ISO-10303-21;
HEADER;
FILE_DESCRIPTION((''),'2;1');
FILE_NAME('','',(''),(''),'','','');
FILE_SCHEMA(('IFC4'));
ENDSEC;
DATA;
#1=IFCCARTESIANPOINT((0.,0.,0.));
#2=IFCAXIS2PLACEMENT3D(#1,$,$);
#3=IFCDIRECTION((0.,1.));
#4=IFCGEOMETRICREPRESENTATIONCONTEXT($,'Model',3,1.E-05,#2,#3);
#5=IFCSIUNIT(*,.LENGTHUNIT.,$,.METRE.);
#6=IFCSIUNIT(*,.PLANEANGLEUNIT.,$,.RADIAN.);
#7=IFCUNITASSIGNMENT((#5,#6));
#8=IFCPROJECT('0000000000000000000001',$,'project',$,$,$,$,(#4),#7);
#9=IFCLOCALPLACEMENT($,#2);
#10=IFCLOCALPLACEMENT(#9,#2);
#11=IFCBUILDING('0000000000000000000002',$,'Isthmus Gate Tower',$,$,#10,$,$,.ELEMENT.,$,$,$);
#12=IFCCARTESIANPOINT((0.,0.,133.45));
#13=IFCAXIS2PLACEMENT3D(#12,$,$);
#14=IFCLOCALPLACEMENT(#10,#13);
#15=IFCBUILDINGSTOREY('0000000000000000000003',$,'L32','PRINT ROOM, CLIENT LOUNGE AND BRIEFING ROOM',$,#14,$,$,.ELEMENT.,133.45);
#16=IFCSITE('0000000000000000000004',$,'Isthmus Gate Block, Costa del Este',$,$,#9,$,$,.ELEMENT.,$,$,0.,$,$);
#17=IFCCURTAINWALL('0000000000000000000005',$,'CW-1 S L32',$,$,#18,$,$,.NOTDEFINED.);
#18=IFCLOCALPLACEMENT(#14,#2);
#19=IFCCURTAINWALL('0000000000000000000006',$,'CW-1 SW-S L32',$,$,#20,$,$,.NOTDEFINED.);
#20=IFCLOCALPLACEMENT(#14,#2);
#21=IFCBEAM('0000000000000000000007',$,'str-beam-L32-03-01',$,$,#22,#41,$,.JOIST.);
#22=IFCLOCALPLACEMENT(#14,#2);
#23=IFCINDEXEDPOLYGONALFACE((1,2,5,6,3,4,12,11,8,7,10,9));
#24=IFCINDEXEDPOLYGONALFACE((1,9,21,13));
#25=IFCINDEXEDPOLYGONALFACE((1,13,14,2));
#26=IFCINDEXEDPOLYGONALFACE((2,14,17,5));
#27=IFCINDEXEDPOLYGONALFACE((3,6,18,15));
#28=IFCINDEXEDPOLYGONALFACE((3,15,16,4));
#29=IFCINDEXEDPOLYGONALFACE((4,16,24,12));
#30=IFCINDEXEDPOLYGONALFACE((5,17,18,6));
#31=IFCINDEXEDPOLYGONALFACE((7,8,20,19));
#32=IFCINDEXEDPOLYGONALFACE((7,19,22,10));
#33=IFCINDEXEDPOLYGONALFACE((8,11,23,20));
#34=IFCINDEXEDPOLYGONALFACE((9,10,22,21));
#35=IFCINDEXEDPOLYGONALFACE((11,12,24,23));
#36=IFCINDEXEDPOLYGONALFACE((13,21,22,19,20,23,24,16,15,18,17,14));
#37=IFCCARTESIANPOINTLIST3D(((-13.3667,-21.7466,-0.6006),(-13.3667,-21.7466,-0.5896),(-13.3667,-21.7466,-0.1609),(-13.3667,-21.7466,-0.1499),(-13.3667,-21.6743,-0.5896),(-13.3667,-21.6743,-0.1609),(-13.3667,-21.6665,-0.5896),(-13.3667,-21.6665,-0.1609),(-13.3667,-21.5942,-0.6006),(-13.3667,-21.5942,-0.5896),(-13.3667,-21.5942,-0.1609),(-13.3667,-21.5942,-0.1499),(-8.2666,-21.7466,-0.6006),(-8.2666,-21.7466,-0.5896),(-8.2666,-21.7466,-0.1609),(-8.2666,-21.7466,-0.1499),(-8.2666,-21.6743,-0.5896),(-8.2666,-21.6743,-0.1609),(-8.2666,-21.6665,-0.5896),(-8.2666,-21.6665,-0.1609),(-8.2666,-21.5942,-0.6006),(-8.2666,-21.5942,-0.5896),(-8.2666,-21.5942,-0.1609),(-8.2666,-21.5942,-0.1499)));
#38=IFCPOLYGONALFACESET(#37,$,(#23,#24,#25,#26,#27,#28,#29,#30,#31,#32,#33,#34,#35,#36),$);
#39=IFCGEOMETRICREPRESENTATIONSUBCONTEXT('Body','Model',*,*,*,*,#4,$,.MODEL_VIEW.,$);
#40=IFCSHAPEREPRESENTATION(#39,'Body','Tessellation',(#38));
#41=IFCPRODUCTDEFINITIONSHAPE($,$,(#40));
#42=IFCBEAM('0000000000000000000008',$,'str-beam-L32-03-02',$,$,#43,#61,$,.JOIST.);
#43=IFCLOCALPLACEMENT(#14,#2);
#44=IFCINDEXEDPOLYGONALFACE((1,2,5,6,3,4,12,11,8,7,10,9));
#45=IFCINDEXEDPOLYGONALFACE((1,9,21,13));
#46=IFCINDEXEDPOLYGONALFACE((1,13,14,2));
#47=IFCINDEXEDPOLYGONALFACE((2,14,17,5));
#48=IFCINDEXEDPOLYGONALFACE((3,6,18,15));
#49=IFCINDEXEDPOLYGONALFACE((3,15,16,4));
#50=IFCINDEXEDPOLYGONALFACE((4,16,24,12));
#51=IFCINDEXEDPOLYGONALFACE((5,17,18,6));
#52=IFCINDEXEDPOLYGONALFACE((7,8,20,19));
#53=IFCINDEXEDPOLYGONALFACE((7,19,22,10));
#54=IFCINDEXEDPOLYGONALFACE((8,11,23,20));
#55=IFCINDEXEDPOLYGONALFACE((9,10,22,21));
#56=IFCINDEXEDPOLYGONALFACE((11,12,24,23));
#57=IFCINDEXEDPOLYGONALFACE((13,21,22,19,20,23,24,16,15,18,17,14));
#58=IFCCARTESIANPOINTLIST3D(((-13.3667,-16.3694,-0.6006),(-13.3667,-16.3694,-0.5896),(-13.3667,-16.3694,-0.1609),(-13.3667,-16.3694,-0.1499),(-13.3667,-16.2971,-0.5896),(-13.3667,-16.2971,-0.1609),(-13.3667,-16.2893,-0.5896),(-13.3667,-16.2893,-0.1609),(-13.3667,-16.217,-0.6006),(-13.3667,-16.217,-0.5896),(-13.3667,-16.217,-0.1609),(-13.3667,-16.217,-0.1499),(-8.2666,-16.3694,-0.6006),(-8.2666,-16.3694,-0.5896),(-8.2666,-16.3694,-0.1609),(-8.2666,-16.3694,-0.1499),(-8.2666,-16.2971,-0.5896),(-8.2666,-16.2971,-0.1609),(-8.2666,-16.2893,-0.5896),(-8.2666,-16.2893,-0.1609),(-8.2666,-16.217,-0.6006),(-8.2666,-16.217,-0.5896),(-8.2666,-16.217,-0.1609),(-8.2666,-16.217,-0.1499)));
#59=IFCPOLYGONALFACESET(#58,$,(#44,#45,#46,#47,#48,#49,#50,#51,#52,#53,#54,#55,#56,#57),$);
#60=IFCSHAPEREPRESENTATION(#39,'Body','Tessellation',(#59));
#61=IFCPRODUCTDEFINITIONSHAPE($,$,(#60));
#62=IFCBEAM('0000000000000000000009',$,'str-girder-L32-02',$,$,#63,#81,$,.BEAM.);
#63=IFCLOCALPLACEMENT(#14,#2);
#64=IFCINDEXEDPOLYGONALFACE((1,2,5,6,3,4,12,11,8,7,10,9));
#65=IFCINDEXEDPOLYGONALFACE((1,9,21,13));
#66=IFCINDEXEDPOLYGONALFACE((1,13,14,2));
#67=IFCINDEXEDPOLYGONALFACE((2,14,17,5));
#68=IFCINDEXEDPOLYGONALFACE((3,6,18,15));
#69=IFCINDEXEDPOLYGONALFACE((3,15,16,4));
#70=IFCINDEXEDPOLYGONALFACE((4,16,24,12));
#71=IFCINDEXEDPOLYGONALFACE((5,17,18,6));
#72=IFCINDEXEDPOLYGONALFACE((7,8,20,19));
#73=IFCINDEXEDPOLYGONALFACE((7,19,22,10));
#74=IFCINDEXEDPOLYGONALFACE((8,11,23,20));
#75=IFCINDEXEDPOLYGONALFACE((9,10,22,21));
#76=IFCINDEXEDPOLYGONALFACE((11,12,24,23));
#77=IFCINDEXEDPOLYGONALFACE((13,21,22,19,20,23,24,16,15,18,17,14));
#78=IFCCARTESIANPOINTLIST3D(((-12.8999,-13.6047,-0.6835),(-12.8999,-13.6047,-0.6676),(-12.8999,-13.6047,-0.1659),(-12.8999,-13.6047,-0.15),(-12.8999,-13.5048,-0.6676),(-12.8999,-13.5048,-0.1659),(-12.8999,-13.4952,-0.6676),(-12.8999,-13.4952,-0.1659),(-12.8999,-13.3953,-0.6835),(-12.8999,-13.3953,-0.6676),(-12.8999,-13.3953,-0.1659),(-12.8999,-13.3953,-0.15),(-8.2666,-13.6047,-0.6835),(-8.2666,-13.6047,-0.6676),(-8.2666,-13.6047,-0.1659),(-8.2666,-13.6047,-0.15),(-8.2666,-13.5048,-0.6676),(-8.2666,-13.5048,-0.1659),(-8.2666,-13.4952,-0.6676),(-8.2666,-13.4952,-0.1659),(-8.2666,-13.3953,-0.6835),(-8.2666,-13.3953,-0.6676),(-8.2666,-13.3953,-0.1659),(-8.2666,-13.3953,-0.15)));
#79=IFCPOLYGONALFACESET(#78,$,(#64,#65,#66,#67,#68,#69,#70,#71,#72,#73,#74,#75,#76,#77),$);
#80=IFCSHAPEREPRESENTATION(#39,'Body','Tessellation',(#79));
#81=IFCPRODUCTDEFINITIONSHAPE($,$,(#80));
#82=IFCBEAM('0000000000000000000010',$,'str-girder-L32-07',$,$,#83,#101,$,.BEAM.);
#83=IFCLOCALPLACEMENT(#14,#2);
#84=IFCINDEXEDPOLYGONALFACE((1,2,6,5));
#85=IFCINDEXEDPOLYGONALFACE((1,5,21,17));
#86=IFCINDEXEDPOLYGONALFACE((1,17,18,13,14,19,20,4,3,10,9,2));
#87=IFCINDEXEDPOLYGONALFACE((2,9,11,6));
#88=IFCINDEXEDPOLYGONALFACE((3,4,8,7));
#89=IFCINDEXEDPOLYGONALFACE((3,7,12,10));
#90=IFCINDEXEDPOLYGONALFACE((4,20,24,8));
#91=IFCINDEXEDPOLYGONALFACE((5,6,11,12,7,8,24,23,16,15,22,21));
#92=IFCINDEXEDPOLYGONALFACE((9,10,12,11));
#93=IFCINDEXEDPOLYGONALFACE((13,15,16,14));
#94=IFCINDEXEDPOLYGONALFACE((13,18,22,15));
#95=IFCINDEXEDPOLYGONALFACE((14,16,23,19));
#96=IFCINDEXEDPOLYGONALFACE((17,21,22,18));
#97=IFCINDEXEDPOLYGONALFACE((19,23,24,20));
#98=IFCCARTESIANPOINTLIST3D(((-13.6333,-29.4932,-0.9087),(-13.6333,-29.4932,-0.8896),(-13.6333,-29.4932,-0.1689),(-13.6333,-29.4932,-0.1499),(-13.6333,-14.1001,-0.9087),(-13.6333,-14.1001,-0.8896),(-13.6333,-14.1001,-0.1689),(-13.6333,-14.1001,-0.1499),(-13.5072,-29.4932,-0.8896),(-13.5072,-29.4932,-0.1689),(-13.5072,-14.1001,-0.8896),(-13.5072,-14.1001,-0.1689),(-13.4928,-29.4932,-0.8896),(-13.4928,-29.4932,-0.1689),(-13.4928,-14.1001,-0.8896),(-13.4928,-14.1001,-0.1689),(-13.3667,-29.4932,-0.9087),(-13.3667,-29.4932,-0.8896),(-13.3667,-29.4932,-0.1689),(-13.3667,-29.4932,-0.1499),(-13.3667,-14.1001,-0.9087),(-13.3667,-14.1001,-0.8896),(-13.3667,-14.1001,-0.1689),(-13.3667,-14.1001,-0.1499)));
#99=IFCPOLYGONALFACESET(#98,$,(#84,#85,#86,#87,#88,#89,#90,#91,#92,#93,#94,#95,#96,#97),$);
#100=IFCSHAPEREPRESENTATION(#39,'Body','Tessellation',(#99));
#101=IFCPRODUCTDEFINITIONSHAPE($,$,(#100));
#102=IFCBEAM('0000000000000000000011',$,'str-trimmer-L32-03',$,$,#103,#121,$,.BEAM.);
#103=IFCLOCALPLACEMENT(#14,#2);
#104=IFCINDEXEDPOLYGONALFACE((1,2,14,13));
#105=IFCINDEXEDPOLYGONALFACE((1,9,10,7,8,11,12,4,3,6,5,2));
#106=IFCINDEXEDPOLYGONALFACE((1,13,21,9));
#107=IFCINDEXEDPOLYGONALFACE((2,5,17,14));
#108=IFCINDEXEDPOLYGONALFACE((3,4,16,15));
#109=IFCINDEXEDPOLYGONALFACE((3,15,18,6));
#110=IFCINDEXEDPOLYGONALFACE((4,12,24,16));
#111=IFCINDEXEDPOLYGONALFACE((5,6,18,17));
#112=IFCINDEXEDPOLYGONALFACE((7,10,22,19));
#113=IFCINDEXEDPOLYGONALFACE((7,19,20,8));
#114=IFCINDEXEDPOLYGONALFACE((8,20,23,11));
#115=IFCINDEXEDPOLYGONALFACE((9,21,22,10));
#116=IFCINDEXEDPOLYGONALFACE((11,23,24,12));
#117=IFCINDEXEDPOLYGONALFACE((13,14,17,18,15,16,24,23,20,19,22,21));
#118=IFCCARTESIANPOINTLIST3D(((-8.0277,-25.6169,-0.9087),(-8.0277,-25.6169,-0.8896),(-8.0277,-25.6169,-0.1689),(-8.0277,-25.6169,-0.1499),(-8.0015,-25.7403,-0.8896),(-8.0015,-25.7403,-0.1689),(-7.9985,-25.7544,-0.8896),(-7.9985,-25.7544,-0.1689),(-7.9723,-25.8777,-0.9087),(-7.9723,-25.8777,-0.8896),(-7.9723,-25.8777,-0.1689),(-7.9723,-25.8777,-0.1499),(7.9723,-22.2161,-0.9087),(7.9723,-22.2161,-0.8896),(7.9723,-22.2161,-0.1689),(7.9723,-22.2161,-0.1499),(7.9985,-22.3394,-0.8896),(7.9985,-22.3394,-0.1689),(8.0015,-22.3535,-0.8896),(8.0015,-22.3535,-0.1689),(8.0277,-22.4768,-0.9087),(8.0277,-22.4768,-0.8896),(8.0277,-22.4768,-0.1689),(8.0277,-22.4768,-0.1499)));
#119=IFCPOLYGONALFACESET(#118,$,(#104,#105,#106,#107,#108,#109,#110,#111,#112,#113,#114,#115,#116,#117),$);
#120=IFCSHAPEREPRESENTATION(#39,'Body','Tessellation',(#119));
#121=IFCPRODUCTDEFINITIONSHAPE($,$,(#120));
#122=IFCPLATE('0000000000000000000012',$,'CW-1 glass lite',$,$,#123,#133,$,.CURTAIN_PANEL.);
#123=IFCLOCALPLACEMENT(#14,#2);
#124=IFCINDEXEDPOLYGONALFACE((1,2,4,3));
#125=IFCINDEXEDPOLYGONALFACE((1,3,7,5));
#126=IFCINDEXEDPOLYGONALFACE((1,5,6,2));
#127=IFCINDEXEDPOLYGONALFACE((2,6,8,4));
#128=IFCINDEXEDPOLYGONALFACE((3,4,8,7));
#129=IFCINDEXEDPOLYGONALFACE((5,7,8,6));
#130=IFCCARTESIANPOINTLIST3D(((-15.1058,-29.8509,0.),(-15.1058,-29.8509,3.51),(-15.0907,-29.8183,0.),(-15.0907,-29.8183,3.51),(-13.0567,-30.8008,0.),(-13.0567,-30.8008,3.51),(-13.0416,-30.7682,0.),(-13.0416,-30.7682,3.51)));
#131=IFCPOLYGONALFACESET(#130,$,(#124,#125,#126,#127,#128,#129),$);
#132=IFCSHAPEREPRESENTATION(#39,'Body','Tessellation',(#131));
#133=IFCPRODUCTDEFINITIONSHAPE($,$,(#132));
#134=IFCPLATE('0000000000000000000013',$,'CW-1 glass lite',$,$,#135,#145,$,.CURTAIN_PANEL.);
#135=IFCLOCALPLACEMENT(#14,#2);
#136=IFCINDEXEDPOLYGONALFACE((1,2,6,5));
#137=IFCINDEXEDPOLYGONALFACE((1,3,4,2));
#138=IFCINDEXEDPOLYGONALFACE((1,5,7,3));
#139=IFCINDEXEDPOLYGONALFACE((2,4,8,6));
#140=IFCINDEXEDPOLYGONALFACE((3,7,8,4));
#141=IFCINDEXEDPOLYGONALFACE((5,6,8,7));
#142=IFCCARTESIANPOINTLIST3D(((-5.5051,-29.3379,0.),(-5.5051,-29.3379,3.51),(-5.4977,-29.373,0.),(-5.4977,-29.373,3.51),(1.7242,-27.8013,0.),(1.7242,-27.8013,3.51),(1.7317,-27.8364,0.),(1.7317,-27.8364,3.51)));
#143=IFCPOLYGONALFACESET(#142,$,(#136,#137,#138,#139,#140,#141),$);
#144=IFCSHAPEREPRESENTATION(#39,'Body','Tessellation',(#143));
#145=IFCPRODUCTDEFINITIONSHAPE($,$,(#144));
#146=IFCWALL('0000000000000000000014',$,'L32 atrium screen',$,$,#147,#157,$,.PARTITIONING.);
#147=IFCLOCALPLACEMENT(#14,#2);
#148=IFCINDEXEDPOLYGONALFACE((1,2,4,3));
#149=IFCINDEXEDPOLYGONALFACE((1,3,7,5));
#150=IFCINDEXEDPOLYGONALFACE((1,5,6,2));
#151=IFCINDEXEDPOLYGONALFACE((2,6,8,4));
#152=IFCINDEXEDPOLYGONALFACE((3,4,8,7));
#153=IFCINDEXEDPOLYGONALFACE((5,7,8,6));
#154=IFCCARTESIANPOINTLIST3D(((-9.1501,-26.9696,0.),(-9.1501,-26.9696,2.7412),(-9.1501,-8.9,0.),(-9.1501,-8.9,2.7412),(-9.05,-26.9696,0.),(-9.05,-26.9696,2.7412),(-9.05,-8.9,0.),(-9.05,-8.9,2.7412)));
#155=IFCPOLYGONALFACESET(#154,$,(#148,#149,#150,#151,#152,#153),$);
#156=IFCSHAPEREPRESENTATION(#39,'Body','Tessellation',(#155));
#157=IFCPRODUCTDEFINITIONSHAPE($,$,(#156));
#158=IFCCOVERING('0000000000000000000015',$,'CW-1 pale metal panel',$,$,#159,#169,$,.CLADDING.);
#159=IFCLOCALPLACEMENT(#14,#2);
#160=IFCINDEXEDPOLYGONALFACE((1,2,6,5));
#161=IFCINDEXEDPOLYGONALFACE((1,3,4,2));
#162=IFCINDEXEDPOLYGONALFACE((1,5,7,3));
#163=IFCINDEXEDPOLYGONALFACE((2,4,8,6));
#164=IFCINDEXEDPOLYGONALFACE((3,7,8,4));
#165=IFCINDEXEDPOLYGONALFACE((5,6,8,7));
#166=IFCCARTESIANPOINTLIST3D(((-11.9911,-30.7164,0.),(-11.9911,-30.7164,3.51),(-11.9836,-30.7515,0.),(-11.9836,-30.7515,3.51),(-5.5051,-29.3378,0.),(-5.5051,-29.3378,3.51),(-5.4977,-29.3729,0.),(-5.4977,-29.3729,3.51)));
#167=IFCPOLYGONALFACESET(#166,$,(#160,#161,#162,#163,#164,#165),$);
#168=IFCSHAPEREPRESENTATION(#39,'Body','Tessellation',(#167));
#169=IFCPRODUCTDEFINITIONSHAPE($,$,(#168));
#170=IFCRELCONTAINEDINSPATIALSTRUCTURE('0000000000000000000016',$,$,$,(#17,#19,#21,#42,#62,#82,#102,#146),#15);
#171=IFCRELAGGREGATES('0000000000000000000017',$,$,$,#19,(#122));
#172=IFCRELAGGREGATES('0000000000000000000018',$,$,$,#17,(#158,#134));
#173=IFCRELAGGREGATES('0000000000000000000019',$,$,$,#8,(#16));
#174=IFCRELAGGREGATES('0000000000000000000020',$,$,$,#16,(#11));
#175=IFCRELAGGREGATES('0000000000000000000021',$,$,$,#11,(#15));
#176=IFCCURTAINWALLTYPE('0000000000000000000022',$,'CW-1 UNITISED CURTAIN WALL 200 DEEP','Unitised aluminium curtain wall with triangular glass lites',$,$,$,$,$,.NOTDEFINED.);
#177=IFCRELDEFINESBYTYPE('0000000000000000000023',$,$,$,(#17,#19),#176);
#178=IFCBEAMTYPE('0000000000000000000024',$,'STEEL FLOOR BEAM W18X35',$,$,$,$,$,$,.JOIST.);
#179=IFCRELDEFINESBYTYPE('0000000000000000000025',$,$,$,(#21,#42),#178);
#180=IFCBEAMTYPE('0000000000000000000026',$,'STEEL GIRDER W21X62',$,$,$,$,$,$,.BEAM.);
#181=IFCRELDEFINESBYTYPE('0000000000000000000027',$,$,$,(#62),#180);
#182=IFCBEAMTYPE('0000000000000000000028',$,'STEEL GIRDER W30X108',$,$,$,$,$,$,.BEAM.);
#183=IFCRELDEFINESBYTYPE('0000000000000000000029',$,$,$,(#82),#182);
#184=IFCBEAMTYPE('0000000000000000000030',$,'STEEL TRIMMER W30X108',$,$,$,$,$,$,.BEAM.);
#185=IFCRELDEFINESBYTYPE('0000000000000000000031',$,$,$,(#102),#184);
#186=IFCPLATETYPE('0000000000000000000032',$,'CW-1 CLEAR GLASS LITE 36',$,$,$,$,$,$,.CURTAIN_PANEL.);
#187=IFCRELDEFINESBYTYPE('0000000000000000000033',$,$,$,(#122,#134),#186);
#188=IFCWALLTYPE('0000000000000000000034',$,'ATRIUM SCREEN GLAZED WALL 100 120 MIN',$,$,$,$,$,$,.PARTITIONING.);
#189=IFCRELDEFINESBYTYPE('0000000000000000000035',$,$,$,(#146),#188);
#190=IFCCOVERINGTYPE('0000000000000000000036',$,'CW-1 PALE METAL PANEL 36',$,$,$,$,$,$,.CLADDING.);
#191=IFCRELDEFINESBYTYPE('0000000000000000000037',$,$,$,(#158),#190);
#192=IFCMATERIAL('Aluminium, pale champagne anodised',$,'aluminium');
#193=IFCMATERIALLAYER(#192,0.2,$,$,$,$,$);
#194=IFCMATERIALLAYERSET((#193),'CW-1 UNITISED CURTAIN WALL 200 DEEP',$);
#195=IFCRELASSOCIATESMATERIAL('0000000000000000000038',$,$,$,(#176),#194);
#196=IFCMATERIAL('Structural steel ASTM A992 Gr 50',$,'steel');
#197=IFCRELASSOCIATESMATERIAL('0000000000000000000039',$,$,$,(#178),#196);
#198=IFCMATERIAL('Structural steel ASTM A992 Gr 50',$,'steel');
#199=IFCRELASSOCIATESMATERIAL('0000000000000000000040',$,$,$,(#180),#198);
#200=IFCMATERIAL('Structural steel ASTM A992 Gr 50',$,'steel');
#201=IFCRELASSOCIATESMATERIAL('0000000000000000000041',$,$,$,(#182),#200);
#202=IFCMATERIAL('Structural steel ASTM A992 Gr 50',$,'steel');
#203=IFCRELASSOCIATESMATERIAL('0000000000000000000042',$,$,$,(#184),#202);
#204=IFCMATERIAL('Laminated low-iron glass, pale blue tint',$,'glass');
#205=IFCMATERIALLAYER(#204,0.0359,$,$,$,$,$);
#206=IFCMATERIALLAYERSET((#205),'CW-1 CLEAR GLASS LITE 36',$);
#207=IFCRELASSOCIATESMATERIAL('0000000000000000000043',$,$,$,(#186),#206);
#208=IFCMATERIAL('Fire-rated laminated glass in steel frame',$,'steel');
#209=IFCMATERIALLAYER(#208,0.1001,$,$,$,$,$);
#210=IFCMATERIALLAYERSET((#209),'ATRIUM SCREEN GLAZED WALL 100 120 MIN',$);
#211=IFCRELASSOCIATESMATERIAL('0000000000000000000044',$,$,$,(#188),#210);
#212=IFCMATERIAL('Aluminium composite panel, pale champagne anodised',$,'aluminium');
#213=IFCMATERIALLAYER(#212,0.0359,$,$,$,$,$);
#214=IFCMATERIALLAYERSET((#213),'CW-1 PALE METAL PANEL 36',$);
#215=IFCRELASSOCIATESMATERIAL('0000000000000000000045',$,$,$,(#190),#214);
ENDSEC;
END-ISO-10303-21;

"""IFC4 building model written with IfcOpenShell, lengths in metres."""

from ifc_helpers import new_model, si_unit, direction, frame, frame_2d, origin, origin_2d, place, context, subcontext, project, spatial, rectangle, i_section, extrude, material, layer, layer_set, material_profile, profile_set, type_object, element, aggregate, save


model = new_model("IFC4")

# Units and contexts
model_context = context("Model", 3, precision=1e-05, world=origin(), true_north=direction((0.0, 1.0)))
body_context = subcontext(model_context, "Body", "Model", "MODEL_VIEW")
ifc_project = project(units=[si_unit("LENGTHUNIT", "METRE"), si_unit("PLANEANGLEUNIT", "RADIAN")], contexts=[model_context])

# Site, building, storey
site_placement = place(None, origin())
site = spatial("IfcSite", under=ifc_project, at=site_placement, Name="Isthmus Gate Block, Costa del Este", CompositionType="ELEMENT", RefElevation=0.0)
building_placement = place(site_placement, origin())
building = spatial("IfcBuilding", under=site, at=building_placement, Name="Isthmus Gate Tower", CompositionType="ELEMENT")
storey_placement = place(building_placement, frame((0.0, 0.0, 133.45)))
storey = spatial("IfcBuildingStorey", under=building, at=storey_placement, Name="L32", Description="PRINT ROOM, CLIENT LOUNGE AND BRIEFING ROOM", CompositionType="ELEMENT", Elevation=133.45)

# Curtain walls
ifc_material_1 = material(Name="Aluminium, pale champagne anodised", Category="aluminium")
ifc_layer_1 = layer(ifc_material_1, 0.2)
ifc_layer_set_1 = layer_set([ifc_layer_1], Name="CW-1 UNITISED CURTAIN WALL 200 DEEP")
curtain_wall_type = type_object("IfcCurtainWallType", Name="CW-1 UNITISED CURTAIN WALL 200 DEEP", Description="Unitised aluminium curtain wall with triangular glass lites", PredefinedType="NOTDEFINED", material=ifc_layer_set_1)
curtain_wall_1_placement = place(storey_placement, origin())
curtain_wall_1 = element("IfcCurtainWall", 1, at=curtain_wall_1_placement, inside=storey, type_object=curtain_wall_type, Name="CW-1 S L32", PredefinedType="NOTDEFINED")
curtain_wall_2_placement = place(storey_placement, origin())
curtain_wall_2 = element("IfcCurtainWall", 2, at=curtain_wall_2_placement, inside=storey, type_object=curtain_wall_type, Name="CW-1 SW-S L32", PredefinedType="NOTDEFINED")

# Beams
ifc_material_2 = material(Name="Structural steel ASTM A992 Gr 50", Category="steel")
ifc_material_profile_1 = material_profile(ifc_material_2, i_section(OverallWidth=0.1523, OverallDepth=0.4507, WebThickness=0.0078, FlangeThickness=0.011, at=origin_2d()), Name="W18X35")
ifc_profile_set_1 = profile_set([ifc_material_profile_1], Name="Structural steel ASTM A992 Gr 50")
beam_type_1 = type_object("IfcBeamType", Name="STEEL FLOOR BEAM W18X35", PredefinedType="JOIST", material=ifc_profile_set_1)
for number, where, z_axis, x_axis, name in (
    (3, (-13.3667, -21.6704, -0.3752), (1.0, 0.0, 0.0), (0.0, 1.0, 0.0), "str-beam-L32-03-01"),
    (4, (-13.3667, -16.2932, -0.3752), (1.0, 0.0, 0.0), (0.0, 1.0, 0.0), "str-beam-L32-03-02"),
):
    element("IfcBeam", number, at=place(storey_placement, frame(where, z_axis=z_axis, x_axis=x_axis)), inside=storey, type_object=beam_type_1, Name=name, PredefinedType="JOIST", context=body_context, shape_type="SweptSolid", body=[
        extrude(i_section(OverallWidth=0.1523, OverallDepth=0.4507, WebThickness=0.0078, FlangeThickness=0.011, at=origin_2d()), origin(), (0.0, 0.0, 1.0), 5.1001),
    ])
ifc_material_3 = material(Name="Structural steel ASTM A992 Gr 50", Category="steel")
ifc_material_profile_2 = material_profile(ifc_material_3, i_section(OverallWidth=0.2095, OverallDepth=0.5334, WebThickness=0.0095, FlangeThickness=0.0159, at=origin_2d()), Name="W21X62")
ifc_profile_set_2 = profile_set([ifc_material_profile_2], Name="Structural steel ASTM A992 Gr 50")
beam_type_2 = type_object("IfcBeamType", Name="STEEL GIRDER W21X62", PredefinedType="BEAM", material=ifc_profile_set_2)
beam_1_placement = place(storey_placement, frame((-12.8999, -13.5, -0.4167), z_axis=(1.0, 0.0, 0.0), x_axis=(0.0, 1.0, 0.0)))
element("IfcBeam", 5, at=beam_1_placement, inside=storey, type_object=beam_type_2, Name="str-girder-L32-02", PredefinedType="BEAM", context=body_context, shape_type="SweptSolid", body=[
    extrude(i_section(OverallWidth=0.2095, OverallDepth=0.5334, WebThickness=0.0095, FlangeThickness=0.0159, at=origin_2d()), origin(), (0.0, 0.0, 1.0), 4.6333),
])
ifc_material_4 = material(Name="Structural steel ASTM A992 Gr 50", Category="steel")
ifc_material_profile_3 = material_profile(ifc_material_4, i_section(OverallWidth=0.2666, OverallDepth=0.7588, WebThickness=0.0144, FlangeThickness=0.019, at=origin_2d()), Name="W30X108")
ifc_profile_set_3 = profile_set([ifc_material_profile_3], Name="Structural steel ASTM A992 Gr 50")
beam_type_3 = type_object("IfcBeamType", Name="STEEL GIRDER W30X108", PredefinedType="BEAM", material=ifc_profile_set_3)
beam_2_placement = place(storey_placement, frame((-13.5, -29.4932, -0.5293), z_axis=(0.0, 1.0, 0.0), x_axis=(-1.0, 0.0, 0.0)))
element("IfcBeam", 6, at=beam_2_placement, inside=storey, type_object=beam_type_3, Name="str-girder-L32-07", PredefinedType="BEAM", context=body_context, shape_type="SweptSolid", body=[
    extrude(i_section(OverallWidth=0.2666, OverallDepth=0.7588, WebThickness=0.0144, FlangeThickness=0.019, at=origin_2d()), origin(), (0.0, 0.0, 1.0), 15.3931),
])
ifc_material_5 = material(Name="Structural steel ASTM A992 Gr 50", Category="steel")
ifc_material_profile_4 = material_profile(ifc_material_5, i_section(OverallWidth=0.2666, OverallDepth=0.7588, WebThickness=0.0144, FlangeThickness=0.019, at=origin_2d()), Name="W30X108")
ifc_profile_set_4 = profile_set([ifc_material_profile_4], Name="Structural steel ASTM A992 Gr 50")
beam_type_4 = type_object("IfcBeamType", Name="STEEL TRIMMER W30X108", PredefinedType="BEAM", material=ifc_profile_set_4)
beam_3_placement = place(storey_placement, frame((-8.0, -25.7473, -0.5293), z_axis=(0.978148, 0.20791, 0.0), x_axis=(-0.20791, 0.978148, 0.0)))
element("IfcBeam", 7, at=beam_3_placement, inside=storey, type_object=beam_type_4, Name="str-trimmer-L32-03", PredefinedType="BEAM", context=body_context, shape_type="SweptSolid", body=[
    extrude(i_section(OverallWidth=0.2666, OverallDepth=0.7588, WebThickness=0.0144, FlangeThickness=0.019, at=origin_2d()), origin(), (0.0, 0.0, 1.0), 16.3574),
])

# Plates
ifc_material_6 = material(Name="Laminated low-iron glass, pale blue tint", Category="glass")
ifc_layer_2 = layer(ifc_material_6, 0.0359)
ifc_layer_set_2 = layer_set([ifc_layer_2], Name="CW-1 CLEAR GLASS LITE 36")
plate_type = type_object("IfcPlateType", Name="CW-1 CLEAR GLASS LITE 36", PredefinedType="CURTAIN_PANEL", material=ifc_layer_set_2)
plate_1_placement = place(storey_placement, frame((-14.0737, -30.3096, 0.0), z_axis=(0.0, 0.0, 1.0), x_axis=(0.907256, -0.420578, 0.0)))
plate_1 = element("IfcPlate", 8, at=plate_1_placement, type_object=plate_type, Name="CW-1 glass lite", PredefinedType="CURTAIN_PANEL", context=body_context, shape_type="SweptSolid", body=[
    extrude(rectangle(XDim=2.2585, YDim=0.0359, at=origin_2d()), origin(), (0.0, 0.0, 1.0), 3.51),
])
aggregate(curtain_wall_2, [plate_1])
plate_2_placement = place(storey_placement, frame((-1.8867, -28.5872, 0.0), z_axis=(0.0, 0.0, 1.0), x_axis=(0.978148, 0.207912, 0.0)))
plate_2 = element("IfcPlate", 9, at=plate_2_placement, type_object=plate_type, Name="CW-1 glass lite", PredefinedType="CURTAIN_PANEL", context=body_context, shape_type="SweptSolid", body=[
    extrude(rectangle(XDim=7.3909, YDim=0.0359, at=origin_2d()), origin(), (0.0, 0.0, 1.0), 3.51),
])

# Wall
ifc_material_7 = material(Name="Fire-rated laminated glass in steel frame", Category="steel")
ifc_layer_3 = layer(ifc_material_7, 0.1001)
ifc_layer_set_3 = layer_set([ifc_layer_3], Name="ATRIUM SCREEN GLAZED WALL 100 120 MIN")
wall_type = type_object("IfcWallType", Name="ATRIUM SCREEN GLAZED WALL 100 120 MIN", PredefinedType="PARTITIONING", material=ifc_layer_set_3)
wall_placement = place(storey_placement, frame((-9.1001, -26.9695, 0.0), z_axis=(0.0, 0.0, 1.0), x_axis=(0.0, 1.0, 0.0)))
element("IfcWall", 10, at=wall_placement, inside=storey, type_object=wall_type, Name="L32 atrium screen", PredefinedType="PARTITIONING", context=body_context, shape_type="SweptSolid", body=[
    extrude(rectangle(XDim=18.0696, YDim=0.1001, at=frame_2d((9.0347, 0.0))), origin(), (0.0, 0.0, 1.0), 2.7412),
])

# Covering
ifc_material_8 = material(Name="Aluminium composite panel, pale champagne anodised", Category="aluminium")
ifc_layer_4 = layer(ifc_material_8, 0.0359)
ifc_layer_set_4 = layer_set([ifc_layer_4], Name="CW-1 PALE METAL PANEL 36")
covering_type = type_object("IfcCoveringType", Name="CW-1 PALE METAL PANEL 36", PredefinedType="CLADDING", material=ifc_layer_set_4)
covering_placement = place(storey_placement, frame((-8.7444, -30.0447, 0.0), z_axis=(0.0, 0.0, 1.0), x_axis=(0.978148, 0.207912, 0.0)))
covering = element("IfcCovering", 11, at=covering_placement, type_object=covering_type, Name="CW-1 pale metal panel", PredefinedType="CLADDING", context=body_context, shape_type="SweptSolid", body=[
    extrude(rectangle(XDim=6.6309, YDim=0.0359, at=origin_2d()), origin(), (0.0, 0.0, 1.0), 3.51),
])
aggregate(curtain_wall_1, [covering, plate_2])

save(model, "model.ifc")
